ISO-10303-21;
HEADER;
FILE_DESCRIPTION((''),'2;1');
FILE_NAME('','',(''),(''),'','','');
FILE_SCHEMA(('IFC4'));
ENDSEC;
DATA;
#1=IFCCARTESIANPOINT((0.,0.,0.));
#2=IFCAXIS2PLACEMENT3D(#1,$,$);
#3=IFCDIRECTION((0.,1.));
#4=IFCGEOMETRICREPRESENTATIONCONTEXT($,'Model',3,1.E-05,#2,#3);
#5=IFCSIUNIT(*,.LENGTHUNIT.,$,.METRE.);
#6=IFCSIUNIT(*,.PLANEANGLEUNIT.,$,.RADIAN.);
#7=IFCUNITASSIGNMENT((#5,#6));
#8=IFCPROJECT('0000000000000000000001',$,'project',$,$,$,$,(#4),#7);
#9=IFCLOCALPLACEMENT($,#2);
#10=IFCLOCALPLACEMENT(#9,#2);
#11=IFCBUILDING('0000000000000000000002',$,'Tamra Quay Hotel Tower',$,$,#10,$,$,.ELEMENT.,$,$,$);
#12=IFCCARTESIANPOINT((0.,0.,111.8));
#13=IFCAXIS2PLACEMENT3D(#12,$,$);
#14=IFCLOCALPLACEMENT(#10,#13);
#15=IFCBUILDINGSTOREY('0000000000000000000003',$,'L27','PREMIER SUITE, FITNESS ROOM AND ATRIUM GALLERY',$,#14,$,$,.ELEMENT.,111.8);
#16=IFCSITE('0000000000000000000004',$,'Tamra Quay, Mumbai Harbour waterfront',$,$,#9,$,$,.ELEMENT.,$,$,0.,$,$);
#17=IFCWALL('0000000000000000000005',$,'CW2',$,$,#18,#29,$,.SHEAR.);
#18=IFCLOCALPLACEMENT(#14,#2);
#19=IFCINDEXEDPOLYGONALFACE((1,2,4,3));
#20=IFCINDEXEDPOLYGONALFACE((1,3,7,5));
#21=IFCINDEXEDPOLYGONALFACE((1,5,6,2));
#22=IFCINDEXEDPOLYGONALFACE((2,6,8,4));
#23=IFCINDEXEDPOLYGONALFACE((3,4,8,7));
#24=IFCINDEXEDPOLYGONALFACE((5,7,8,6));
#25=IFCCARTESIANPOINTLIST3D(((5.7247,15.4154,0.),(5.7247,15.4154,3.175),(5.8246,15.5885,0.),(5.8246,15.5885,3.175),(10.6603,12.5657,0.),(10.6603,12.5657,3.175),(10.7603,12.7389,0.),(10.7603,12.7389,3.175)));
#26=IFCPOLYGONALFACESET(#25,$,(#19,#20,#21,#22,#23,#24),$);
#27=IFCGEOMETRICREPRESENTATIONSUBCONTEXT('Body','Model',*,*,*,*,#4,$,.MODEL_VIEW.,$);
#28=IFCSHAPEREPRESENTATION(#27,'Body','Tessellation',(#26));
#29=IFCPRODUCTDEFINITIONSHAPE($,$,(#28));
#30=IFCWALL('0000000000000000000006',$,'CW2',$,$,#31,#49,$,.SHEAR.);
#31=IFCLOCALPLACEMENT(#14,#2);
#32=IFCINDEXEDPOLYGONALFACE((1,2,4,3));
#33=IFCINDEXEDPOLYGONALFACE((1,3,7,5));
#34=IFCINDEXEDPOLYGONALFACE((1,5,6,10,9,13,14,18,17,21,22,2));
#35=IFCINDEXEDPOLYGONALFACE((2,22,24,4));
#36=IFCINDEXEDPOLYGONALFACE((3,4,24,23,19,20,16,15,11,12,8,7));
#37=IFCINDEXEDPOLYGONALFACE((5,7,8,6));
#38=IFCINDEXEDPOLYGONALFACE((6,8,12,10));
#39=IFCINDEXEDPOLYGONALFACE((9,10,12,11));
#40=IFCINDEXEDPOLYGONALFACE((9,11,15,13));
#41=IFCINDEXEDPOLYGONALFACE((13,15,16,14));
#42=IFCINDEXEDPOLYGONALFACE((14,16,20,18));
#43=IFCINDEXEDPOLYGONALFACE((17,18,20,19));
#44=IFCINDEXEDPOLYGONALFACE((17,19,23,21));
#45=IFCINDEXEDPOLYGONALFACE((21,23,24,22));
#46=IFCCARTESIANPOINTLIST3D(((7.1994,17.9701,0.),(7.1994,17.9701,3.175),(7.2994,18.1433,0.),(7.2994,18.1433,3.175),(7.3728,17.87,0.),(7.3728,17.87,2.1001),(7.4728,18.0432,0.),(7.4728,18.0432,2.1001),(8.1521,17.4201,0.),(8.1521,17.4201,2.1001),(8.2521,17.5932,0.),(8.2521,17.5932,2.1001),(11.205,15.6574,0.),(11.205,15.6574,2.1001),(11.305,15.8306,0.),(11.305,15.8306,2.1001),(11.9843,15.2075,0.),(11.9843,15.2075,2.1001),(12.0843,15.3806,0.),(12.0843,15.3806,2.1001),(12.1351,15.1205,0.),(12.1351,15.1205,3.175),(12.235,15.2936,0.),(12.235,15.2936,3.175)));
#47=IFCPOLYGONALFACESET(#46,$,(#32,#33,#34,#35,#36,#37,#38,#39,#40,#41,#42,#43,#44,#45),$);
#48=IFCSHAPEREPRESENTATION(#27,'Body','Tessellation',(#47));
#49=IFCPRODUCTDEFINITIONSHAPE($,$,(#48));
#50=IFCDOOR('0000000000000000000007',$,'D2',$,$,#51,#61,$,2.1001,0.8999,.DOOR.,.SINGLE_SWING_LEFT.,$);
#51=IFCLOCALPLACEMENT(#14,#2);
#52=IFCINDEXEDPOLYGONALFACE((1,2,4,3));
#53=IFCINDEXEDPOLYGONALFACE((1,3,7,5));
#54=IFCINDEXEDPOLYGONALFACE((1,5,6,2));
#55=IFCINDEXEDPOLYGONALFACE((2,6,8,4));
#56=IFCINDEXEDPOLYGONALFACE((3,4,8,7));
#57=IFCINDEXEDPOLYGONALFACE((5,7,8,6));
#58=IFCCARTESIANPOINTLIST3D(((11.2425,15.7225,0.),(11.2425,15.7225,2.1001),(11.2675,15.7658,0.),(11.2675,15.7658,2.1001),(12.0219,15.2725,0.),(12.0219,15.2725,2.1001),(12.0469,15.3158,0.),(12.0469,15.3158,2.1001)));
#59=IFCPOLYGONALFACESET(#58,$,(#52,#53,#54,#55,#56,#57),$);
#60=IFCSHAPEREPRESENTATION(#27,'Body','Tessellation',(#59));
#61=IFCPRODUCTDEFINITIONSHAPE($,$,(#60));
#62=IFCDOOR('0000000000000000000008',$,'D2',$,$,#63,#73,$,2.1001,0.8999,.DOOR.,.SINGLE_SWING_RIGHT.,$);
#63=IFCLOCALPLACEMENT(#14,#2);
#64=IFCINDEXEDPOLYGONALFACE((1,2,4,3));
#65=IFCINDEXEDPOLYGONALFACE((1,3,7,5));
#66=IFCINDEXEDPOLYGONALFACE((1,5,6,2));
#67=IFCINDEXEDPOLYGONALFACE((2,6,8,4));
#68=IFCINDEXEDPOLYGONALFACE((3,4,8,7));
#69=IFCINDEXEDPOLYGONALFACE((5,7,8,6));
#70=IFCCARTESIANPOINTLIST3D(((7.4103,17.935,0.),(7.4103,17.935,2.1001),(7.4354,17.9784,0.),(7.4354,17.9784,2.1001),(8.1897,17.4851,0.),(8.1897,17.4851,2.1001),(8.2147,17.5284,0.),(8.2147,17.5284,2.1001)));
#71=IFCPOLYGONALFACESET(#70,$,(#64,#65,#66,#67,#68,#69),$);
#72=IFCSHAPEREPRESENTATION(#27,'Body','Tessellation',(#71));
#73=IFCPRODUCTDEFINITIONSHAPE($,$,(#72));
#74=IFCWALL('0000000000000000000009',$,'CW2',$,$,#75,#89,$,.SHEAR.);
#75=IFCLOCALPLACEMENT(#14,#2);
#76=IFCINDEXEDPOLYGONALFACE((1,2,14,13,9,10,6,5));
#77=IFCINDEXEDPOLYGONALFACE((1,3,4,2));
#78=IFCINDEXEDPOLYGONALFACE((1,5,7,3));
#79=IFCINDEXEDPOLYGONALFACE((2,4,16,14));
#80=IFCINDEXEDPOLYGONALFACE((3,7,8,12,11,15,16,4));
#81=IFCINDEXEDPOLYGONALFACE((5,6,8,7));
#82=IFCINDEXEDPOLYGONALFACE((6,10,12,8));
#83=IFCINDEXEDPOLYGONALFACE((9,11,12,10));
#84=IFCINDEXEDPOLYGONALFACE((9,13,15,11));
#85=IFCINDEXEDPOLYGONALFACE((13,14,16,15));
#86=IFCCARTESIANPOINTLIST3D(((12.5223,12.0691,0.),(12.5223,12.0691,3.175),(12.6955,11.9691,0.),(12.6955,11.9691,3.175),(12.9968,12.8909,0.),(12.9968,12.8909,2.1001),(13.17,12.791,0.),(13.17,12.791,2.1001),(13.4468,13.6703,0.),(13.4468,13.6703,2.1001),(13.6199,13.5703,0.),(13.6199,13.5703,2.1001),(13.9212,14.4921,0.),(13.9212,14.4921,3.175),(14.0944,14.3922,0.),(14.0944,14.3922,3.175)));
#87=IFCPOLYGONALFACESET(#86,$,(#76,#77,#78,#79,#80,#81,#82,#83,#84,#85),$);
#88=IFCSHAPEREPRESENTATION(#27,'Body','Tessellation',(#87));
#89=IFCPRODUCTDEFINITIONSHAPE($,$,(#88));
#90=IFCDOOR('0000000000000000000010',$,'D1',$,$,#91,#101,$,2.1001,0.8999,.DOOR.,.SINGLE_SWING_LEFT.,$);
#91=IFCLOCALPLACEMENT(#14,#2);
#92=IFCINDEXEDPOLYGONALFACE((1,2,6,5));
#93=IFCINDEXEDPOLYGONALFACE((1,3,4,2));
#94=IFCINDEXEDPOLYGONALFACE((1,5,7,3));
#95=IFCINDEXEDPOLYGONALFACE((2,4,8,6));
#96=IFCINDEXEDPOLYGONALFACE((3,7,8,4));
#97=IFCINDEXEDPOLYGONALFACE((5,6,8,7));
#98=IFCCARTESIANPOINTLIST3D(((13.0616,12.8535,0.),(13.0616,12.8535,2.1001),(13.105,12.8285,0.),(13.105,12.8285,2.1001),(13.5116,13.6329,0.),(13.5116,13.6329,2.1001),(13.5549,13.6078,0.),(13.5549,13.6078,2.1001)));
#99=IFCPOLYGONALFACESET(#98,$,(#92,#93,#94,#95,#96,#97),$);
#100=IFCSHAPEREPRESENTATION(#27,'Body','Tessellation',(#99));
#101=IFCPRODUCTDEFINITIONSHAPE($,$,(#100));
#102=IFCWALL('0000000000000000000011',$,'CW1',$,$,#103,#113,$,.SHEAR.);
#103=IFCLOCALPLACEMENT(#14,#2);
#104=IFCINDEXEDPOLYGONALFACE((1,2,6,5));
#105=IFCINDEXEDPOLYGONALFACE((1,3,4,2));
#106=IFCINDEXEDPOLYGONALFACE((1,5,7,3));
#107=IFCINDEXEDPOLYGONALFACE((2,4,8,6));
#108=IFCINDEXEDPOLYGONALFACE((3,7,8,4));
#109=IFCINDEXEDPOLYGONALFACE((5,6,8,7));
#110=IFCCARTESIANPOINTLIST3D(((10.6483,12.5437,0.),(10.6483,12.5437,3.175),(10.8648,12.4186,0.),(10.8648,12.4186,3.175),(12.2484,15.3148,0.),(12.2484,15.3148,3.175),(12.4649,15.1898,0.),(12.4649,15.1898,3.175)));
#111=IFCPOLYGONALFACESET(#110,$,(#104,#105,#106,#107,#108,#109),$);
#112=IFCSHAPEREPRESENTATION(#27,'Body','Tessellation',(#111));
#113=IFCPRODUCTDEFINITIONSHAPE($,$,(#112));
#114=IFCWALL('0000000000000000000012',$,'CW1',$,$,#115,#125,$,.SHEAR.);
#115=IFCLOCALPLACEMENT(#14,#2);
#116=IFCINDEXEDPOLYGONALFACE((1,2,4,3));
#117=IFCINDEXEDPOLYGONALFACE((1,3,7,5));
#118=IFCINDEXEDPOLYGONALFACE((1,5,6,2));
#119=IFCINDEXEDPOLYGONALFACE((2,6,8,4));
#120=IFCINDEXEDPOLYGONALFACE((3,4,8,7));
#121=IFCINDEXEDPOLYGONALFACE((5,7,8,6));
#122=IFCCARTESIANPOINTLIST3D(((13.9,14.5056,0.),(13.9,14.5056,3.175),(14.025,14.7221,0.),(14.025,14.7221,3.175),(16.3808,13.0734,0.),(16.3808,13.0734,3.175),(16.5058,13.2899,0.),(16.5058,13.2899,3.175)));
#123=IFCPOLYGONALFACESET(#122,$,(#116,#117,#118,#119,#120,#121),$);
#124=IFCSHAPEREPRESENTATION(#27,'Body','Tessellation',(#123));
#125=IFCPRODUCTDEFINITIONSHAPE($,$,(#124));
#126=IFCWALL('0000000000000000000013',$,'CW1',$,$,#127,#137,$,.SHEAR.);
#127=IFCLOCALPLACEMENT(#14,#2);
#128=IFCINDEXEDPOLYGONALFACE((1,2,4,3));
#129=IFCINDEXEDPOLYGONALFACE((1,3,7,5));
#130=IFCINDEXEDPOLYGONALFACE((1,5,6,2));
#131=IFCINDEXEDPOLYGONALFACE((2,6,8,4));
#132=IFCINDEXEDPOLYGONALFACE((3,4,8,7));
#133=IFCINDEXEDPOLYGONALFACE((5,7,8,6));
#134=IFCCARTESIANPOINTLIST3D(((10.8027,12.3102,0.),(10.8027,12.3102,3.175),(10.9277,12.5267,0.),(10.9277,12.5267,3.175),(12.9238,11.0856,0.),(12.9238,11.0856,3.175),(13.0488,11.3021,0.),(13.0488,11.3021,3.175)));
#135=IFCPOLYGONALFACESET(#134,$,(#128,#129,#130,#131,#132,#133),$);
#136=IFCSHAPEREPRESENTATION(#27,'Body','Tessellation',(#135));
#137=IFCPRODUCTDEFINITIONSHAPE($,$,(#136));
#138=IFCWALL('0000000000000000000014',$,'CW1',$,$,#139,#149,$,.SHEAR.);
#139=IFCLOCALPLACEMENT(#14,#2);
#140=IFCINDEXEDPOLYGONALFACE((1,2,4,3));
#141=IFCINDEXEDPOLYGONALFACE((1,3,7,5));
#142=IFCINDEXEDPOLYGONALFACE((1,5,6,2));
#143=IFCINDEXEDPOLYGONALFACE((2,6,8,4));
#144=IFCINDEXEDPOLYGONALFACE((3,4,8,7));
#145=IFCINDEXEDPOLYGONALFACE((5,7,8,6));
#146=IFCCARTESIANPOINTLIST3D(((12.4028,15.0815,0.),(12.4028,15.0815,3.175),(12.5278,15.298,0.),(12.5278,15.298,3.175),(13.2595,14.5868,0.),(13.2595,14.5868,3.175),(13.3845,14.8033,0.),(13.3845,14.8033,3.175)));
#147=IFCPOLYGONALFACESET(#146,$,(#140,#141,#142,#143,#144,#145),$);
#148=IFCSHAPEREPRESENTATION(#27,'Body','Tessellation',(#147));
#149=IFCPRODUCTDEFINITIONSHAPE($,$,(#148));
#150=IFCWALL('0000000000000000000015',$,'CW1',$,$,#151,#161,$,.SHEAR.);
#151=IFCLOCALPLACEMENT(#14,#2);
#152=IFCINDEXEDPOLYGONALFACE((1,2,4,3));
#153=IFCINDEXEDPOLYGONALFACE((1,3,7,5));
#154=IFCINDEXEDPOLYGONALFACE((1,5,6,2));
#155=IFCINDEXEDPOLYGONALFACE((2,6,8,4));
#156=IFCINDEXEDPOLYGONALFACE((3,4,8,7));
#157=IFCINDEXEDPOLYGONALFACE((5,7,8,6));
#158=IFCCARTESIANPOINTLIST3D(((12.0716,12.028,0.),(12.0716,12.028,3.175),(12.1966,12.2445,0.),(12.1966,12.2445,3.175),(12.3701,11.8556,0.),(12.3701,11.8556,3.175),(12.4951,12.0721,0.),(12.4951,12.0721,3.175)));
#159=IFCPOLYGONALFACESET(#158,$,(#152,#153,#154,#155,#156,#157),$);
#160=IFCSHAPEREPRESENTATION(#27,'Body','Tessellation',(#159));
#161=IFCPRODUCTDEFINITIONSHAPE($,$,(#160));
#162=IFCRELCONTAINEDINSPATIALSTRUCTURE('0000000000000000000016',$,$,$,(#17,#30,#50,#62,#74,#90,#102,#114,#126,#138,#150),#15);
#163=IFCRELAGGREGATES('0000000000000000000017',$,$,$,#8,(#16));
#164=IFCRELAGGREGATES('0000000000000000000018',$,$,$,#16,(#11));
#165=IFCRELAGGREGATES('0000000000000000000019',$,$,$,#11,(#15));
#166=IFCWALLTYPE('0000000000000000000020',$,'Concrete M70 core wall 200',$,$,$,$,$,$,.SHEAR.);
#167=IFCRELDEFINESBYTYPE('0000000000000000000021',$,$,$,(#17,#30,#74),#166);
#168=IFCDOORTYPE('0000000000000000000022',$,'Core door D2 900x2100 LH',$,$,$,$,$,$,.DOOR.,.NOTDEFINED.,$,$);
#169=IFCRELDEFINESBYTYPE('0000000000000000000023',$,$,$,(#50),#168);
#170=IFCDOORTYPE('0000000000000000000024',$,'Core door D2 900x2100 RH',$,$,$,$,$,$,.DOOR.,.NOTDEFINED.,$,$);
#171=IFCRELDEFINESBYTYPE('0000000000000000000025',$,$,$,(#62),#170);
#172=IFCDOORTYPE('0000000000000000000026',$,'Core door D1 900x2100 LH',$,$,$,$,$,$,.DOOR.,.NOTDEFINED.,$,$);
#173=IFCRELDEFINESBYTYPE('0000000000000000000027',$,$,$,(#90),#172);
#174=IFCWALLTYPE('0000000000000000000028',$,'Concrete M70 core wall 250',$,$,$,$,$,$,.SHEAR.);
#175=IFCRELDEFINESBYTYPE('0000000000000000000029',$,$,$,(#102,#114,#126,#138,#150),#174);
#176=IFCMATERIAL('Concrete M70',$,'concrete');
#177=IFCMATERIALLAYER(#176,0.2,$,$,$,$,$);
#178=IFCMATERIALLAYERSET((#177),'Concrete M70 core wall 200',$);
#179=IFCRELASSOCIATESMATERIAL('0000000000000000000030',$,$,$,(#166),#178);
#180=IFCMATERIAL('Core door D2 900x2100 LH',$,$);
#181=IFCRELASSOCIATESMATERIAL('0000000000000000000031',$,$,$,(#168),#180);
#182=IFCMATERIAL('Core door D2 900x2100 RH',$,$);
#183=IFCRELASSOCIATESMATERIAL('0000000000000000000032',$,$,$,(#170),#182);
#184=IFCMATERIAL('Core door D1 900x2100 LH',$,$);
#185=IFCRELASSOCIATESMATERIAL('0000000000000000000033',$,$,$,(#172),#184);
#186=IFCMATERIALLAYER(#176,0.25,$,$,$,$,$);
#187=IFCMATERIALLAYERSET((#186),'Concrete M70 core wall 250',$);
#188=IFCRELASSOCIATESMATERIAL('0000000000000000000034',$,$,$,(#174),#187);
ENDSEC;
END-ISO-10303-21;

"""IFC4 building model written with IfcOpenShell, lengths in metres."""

from ifc_helpers import new_model, si_unit, direction, frame, frame_2d, origin, place, context, subcontext, project, spatial, rectangle, extrude, material, layer, layer_set, type_object, element, fill, save


model = new_model("IFC4")

# Units and contexts
model_context = context("Model", 3, precision=1e-05, world=origin(), true_north=direction((0.0, 1.0)))
body_context = subcontext(model_context, "Body", "Model", "MODEL_VIEW")
ifc_project = project(units=[si_unit("LENGTHUNIT", "METRE"), si_unit("PLANEANGLEUNIT", "RADIAN")], contexts=[model_context])

# Site, building, storey
site_placement = place(None, origin())
site = spatial("IfcSite", under=ifc_project, at=site_placement, Name="Tamra Quay, Mumbai Harbour waterfront", CompositionType="ELEMENT", RefElevation=0.0)
building_placement = place(site_placement, origin())
building = spatial("IfcBuilding", under=site, at=building_placement, Name="Tamra Quay Hotel Tower", CompositionType="ELEMENT")
storey_placement = place(building_placement, frame((0.0, 0.0, 111.8)))
storey = spatial("IfcBuildingStorey", under=building, at=storey_placement, Name="L27", Description="PREMIER SUITE, FITNESS ROOM AND ATRIUM GALLERY", CompositionType="ELEMENT", Elevation=111.8)

# Wall
ifc_material_1 = material(Name="Concrete M70", Category="concrete")
ifc_layer_1 = layer(ifc_material_1, 0.2)
ifc_layer_set_1 = layer_set([ifc_layer_1], Name="Concrete M70 core wall 200")
wall_type_1 = type_object("IfcWallType", Name="Concrete M70 core wall 200", PredefinedType="SHEAR", material=ifc_layer_set_1)
wall_1_placement = place(storey_placement, frame((5.7747, 15.502, 0.0), z_axis=(0.0, 0.0, 1.0), x_axis=(0.86602, -0.500009, 0.0)))
element("IfcWall", 1, at=wall_1_placement, inside=storey, type_object=wall_type_1, Name="CW2", PredefinedType="SHEAR", context=body_context, shape_type="SweptSolid", body=[
    extrude(rectangle(XDim=5.6992, YDim=0.2, at=frame_2d((2.8496, 0.0))), origin(), (0.0, 0.0, 1.0), 3.175),
])

# Wall, openings, doors
wall_2_placement = place(storey_placement, frame((12.1851, 15.207, 0.0), z_axis=(0.0, 0.0, 1.0), x_axis=(-0.86602, 0.500009, 0.0)))
wall_2 = element("IfcWall", 2, at=wall_2_placement, inside=storey, type_object=wall_type_1, Name="CW2", PredefinedType="SHEAR", context=body_context, shape_type="SweptSolid", body=[
    extrude(rectangle(XDim=5.6992, YDim=0.2, at=frame_2d((2.8496, 0.0))), origin(), (0.0, 0.0, 1.0), 3.175),
])
opening_1_placement = place(wall_2_placement, frame((0.1741, 0.0, 0.0)))
opening_1 = element("IfcOpeningElement", 3, at=opening_1_placement, cuts=wall_2, PredefinedType="OPENING", context=body_context, shape_type="SweptSolid", body=[
    extrude(rectangle(XDim=0.8999, YDim=2.1001, at=frame_2d((0.45, 1.05))), frame((0.0, 0.1099, 0.0), z_axis=(0.0, -1.0, 0.0), x_axis=(1.0, 0.0, 0.0)), (0.0, 0.0, 1.0), 0.22),
])
opening_2_placement = place(wall_2_placement, frame((4.5991, 0.0, 0.0)))
opening_2 = element("IfcOpeningElement", 4, at=opening_2_placement, cuts=wall_2, PredefinedType="OPENING", context=body_context, shape_type="SweptSolid", body=[
    extrude(rectangle(XDim=0.8999, YDim=2.1001, at=frame_2d((0.45, 1.05))), frame((0.0, 0.1099, 0.0), z_axis=(0.0, -1.0, 0.0), x_axis=(1.0, 0.0, 0.0)), (0.0, 0.0, 1.0), 0.22),
])
ifc_material_2 = material(Name="Core door D2 900x2100 LH")
door_type_1 = type_object("IfcDoorType", Name="Core door D2 900x2100 LH", OperationType="NOTDEFINED", PredefinedType="DOOR", material=ifc_material_2)
door_1_placement = place(opening_1_placement, origin())
door_1 = element("IfcDoor", 5, at=door_1_placement, inside=storey, type_object=door_type_1, Name="D2", OperationType="SINGLE_SWING_LEFT", OverallHeight=2.1001, OverallWidth=0.8999, PredefinedType="DOOR", context=body_context, shape_type="SweptSolid", body=[
    extrude(rectangle(XDim=0.8999, YDim=2.1001, at=frame_2d((0.45, 1.05))), frame((0.0, 0.0249, 0.0), z_axis=(0.0, -1.0, 0.0), x_axis=(1.0, 0.0, 0.0)), (0.0, 0.0, 1.0), 0.05),
])
fill(opening_1, door_1)
ifc_material_3 = material(Name="Core door D2 900x2100 RH")
door_type_2 = type_object("IfcDoorType", Name="Core door D2 900x2100 RH", OperationType="NOTDEFINED", PredefinedType="DOOR", material=ifc_material_3)
door_2_placement = place(opening_2_placement, origin())
door_2 = element("IfcDoor", 6, at=door_2_placement, inside=storey, type_object=door_type_2, Name="D2", OperationType="SINGLE_SWING_RIGHT", OverallHeight=2.1001, OverallWidth=0.8999, PredefinedType="DOOR", context=body_context, shape_type="SweptSolid", body=[
    extrude(rectangle(XDim=0.8999, YDim=2.1001, at=frame_2d((0.45, 1.05))), frame((0.0, 0.0249, 0.0), z_axis=(0.0, -1.0, 0.0), x_axis=(1.0, 0.0, 0.0)), (0.0, 0.0, 1.0), 0.05),
])
fill(opening_2, door_2)

# Wall, opening, door
wall_3_placement = place(storey_placement, frame((14.0078, 14.4421, 0.0), z_axis=(0.0, 0.0, 1.0), x_axis=(-0.499987, -0.866033, 0.0)))
wall_3 = element("IfcWall", 7, at=wall_3_placement, inside=storey, type_object=wall_type_1, Name="CW2", PredefinedType="SHEAR", context=body_context, shape_type="SweptSolid", body=[
    extrude(rectangle(XDim=2.7979, YDim=0.2, at=frame_2d((1.3989, 0.0))), origin(), (0.0, 0.0, 1.0), 3.175),
])
opening_3_placement = place(wall_3_placement, frame((0.949, 0.0, 0.0)))
opening_3 = element("IfcOpeningElement", 8, at=opening_3_placement, cuts=wall_3, PredefinedType="OPENING", context=body_context, shape_type="SweptSolid", body=[
    extrude(rectangle(XDim=0.8999, YDim=2.1001, at=frame_2d((0.45, 1.05))), frame((0.0, 0.1099, 0.0), z_axis=(0.0, -1.0, 0.0), x_axis=(1.0, 0.0, 0.0)), (0.0, 0.0, 1.0), 0.22),
])
ifc_material_4 = material(Name="Core door D1 900x2100 LH")
door_type_3 = type_object("IfcDoorType", Name="Core door D1 900x2100 LH", OperationType="NOTDEFINED", PredefinedType="DOOR", material=ifc_material_4)
door_3_placement = place(opening_3_placement, origin())
door_3 = element("IfcDoor", 9, at=door_3_placement, inside=storey, type_object=door_type_3, Name="D1", OperationType="SINGLE_SWING_LEFT", OverallHeight=2.1001, OverallWidth=0.8999, PredefinedType="DOOR", context=body_context, shape_type="SweptSolid", body=[
    extrude(rectangle(XDim=0.8999, YDim=2.1001, at=frame_2d((0.45, 1.05))), frame((0.0, 0.0249, 0.0), z_axis=(0.0, -1.0, 0.0), x_axis=(1.0, 0.0, 0.0)), (0.0, 0.0, 1.0), 0.05),
])
fill(opening_3, door_3)

# Walls
ifc_layer_2 = layer(ifc_material_1, 0.25)
ifc_layer_set_2 = layer_set([ifc_layer_2], Name="Concrete M70 core wall 250")
wall_type_2 = type_object("IfcWallType", Name="Concrete M70 core wall 250", PredefinedType="SHEAR", material=ifc_layer_set_2)
wall_4_placement = place(storey_placement, frame((12.3567, 15.2524, 0.0), z_axis=(0.0, 0.0, 1.0), x_axis=(-0.500028, -0.866009, 0.0)))
element("IfcWall", 10, at=wall_4_placement, inside=storey, type_object=wall_type_2, Name="CW1", PredefinedType="SHEAR", context=body_context, shape_type="SweptSolid", body=[
    extrude(rectangle(XDim=3.2, YDim=0.25, at=frame_2d((1.6001, 0.0))), origin(), (0.0, 0.0, 1.0), 3.175),
])
wall_5_placement = place(storey_placement, frame((13.9626, 14.6138, 0.0), z_axis=(0.0, 0.0, 1.0), x_axis=(0.866042, -0.499971, 0.0)))
element("IfcWall", 11, at=wall_5_placement, inside=storey, type_object=wall_type_2, Name="CW1", PredefinedType="SHEAR", context=body_context, shape_type="SweptSolid", body=[
    extrude(rectangle(XDim=2.8645, YDim=0.25, at=frame_2d((1.4321, 0.0))), origin(), (0.0, 0.0, 1.0), 3.175),
])
wall_6_placement = place(storey_placement, frame((10.8652, 12.4185, 0.0), z_axis=(0.0, 0.0, 1.0), x_axis=(0.866026, -0.499999, 0.0)))
element("IfcWall", 12, at=wall_6_placement, inside=storey, type_object=wall_type_2, Name="CW1", PredefinedType="SHEAR", context=body_context, shape_type="SweptSolid", body=[
    extrude(rectangle(XDim=2.4492, YDim=0.25, at=frame_2d((1.2246, 0.0))), origin(), (0.0, 0.0, 1.0), 3.175),
])
wall_7_placement = place(storey_placement, frame((13.322, 14.6951, 0.0), z_axis=(0.0, 0.0, 1.0), x_axis=(-0.866017, 0.500014, 0.0)))
element("IfcWall", 13, at=wall_7_placement, inside=storey, type_object=wall_type_2, Name="CW1", PredefinedType="SHEAR", context=body_context, shape_type="SweptSolid", body=[
    extrude(rectangle(XDim=0.9893, YDim=0.25, at=frame_2d((0.4946, 0.0))), origin(), (0.0, 0.0, 1.0), 3.175),
])
wall_8_placement = place(storey_placement, frame((12.4326, 11.9639, 0.0), z_axis=(0.0, 0.0, 1.0), x_axis=(-0.866056, 0.499947, 0.0)))
element("IfcWall", 14, at=wall_8_placement, inside=storey, type_object=wall_type_2, Name="CW1", PredefinedType="SHEAR", context=body_context, shape_type="SweptSolid", body=[
    extrude(rectangle(XDim=0.3447, YDim=0.25, at=frame_2d((0.1724, 0.0))), origin(), (0.0, 0.0, 1.0), 3.175),
])

save(model, "model.ifc")
